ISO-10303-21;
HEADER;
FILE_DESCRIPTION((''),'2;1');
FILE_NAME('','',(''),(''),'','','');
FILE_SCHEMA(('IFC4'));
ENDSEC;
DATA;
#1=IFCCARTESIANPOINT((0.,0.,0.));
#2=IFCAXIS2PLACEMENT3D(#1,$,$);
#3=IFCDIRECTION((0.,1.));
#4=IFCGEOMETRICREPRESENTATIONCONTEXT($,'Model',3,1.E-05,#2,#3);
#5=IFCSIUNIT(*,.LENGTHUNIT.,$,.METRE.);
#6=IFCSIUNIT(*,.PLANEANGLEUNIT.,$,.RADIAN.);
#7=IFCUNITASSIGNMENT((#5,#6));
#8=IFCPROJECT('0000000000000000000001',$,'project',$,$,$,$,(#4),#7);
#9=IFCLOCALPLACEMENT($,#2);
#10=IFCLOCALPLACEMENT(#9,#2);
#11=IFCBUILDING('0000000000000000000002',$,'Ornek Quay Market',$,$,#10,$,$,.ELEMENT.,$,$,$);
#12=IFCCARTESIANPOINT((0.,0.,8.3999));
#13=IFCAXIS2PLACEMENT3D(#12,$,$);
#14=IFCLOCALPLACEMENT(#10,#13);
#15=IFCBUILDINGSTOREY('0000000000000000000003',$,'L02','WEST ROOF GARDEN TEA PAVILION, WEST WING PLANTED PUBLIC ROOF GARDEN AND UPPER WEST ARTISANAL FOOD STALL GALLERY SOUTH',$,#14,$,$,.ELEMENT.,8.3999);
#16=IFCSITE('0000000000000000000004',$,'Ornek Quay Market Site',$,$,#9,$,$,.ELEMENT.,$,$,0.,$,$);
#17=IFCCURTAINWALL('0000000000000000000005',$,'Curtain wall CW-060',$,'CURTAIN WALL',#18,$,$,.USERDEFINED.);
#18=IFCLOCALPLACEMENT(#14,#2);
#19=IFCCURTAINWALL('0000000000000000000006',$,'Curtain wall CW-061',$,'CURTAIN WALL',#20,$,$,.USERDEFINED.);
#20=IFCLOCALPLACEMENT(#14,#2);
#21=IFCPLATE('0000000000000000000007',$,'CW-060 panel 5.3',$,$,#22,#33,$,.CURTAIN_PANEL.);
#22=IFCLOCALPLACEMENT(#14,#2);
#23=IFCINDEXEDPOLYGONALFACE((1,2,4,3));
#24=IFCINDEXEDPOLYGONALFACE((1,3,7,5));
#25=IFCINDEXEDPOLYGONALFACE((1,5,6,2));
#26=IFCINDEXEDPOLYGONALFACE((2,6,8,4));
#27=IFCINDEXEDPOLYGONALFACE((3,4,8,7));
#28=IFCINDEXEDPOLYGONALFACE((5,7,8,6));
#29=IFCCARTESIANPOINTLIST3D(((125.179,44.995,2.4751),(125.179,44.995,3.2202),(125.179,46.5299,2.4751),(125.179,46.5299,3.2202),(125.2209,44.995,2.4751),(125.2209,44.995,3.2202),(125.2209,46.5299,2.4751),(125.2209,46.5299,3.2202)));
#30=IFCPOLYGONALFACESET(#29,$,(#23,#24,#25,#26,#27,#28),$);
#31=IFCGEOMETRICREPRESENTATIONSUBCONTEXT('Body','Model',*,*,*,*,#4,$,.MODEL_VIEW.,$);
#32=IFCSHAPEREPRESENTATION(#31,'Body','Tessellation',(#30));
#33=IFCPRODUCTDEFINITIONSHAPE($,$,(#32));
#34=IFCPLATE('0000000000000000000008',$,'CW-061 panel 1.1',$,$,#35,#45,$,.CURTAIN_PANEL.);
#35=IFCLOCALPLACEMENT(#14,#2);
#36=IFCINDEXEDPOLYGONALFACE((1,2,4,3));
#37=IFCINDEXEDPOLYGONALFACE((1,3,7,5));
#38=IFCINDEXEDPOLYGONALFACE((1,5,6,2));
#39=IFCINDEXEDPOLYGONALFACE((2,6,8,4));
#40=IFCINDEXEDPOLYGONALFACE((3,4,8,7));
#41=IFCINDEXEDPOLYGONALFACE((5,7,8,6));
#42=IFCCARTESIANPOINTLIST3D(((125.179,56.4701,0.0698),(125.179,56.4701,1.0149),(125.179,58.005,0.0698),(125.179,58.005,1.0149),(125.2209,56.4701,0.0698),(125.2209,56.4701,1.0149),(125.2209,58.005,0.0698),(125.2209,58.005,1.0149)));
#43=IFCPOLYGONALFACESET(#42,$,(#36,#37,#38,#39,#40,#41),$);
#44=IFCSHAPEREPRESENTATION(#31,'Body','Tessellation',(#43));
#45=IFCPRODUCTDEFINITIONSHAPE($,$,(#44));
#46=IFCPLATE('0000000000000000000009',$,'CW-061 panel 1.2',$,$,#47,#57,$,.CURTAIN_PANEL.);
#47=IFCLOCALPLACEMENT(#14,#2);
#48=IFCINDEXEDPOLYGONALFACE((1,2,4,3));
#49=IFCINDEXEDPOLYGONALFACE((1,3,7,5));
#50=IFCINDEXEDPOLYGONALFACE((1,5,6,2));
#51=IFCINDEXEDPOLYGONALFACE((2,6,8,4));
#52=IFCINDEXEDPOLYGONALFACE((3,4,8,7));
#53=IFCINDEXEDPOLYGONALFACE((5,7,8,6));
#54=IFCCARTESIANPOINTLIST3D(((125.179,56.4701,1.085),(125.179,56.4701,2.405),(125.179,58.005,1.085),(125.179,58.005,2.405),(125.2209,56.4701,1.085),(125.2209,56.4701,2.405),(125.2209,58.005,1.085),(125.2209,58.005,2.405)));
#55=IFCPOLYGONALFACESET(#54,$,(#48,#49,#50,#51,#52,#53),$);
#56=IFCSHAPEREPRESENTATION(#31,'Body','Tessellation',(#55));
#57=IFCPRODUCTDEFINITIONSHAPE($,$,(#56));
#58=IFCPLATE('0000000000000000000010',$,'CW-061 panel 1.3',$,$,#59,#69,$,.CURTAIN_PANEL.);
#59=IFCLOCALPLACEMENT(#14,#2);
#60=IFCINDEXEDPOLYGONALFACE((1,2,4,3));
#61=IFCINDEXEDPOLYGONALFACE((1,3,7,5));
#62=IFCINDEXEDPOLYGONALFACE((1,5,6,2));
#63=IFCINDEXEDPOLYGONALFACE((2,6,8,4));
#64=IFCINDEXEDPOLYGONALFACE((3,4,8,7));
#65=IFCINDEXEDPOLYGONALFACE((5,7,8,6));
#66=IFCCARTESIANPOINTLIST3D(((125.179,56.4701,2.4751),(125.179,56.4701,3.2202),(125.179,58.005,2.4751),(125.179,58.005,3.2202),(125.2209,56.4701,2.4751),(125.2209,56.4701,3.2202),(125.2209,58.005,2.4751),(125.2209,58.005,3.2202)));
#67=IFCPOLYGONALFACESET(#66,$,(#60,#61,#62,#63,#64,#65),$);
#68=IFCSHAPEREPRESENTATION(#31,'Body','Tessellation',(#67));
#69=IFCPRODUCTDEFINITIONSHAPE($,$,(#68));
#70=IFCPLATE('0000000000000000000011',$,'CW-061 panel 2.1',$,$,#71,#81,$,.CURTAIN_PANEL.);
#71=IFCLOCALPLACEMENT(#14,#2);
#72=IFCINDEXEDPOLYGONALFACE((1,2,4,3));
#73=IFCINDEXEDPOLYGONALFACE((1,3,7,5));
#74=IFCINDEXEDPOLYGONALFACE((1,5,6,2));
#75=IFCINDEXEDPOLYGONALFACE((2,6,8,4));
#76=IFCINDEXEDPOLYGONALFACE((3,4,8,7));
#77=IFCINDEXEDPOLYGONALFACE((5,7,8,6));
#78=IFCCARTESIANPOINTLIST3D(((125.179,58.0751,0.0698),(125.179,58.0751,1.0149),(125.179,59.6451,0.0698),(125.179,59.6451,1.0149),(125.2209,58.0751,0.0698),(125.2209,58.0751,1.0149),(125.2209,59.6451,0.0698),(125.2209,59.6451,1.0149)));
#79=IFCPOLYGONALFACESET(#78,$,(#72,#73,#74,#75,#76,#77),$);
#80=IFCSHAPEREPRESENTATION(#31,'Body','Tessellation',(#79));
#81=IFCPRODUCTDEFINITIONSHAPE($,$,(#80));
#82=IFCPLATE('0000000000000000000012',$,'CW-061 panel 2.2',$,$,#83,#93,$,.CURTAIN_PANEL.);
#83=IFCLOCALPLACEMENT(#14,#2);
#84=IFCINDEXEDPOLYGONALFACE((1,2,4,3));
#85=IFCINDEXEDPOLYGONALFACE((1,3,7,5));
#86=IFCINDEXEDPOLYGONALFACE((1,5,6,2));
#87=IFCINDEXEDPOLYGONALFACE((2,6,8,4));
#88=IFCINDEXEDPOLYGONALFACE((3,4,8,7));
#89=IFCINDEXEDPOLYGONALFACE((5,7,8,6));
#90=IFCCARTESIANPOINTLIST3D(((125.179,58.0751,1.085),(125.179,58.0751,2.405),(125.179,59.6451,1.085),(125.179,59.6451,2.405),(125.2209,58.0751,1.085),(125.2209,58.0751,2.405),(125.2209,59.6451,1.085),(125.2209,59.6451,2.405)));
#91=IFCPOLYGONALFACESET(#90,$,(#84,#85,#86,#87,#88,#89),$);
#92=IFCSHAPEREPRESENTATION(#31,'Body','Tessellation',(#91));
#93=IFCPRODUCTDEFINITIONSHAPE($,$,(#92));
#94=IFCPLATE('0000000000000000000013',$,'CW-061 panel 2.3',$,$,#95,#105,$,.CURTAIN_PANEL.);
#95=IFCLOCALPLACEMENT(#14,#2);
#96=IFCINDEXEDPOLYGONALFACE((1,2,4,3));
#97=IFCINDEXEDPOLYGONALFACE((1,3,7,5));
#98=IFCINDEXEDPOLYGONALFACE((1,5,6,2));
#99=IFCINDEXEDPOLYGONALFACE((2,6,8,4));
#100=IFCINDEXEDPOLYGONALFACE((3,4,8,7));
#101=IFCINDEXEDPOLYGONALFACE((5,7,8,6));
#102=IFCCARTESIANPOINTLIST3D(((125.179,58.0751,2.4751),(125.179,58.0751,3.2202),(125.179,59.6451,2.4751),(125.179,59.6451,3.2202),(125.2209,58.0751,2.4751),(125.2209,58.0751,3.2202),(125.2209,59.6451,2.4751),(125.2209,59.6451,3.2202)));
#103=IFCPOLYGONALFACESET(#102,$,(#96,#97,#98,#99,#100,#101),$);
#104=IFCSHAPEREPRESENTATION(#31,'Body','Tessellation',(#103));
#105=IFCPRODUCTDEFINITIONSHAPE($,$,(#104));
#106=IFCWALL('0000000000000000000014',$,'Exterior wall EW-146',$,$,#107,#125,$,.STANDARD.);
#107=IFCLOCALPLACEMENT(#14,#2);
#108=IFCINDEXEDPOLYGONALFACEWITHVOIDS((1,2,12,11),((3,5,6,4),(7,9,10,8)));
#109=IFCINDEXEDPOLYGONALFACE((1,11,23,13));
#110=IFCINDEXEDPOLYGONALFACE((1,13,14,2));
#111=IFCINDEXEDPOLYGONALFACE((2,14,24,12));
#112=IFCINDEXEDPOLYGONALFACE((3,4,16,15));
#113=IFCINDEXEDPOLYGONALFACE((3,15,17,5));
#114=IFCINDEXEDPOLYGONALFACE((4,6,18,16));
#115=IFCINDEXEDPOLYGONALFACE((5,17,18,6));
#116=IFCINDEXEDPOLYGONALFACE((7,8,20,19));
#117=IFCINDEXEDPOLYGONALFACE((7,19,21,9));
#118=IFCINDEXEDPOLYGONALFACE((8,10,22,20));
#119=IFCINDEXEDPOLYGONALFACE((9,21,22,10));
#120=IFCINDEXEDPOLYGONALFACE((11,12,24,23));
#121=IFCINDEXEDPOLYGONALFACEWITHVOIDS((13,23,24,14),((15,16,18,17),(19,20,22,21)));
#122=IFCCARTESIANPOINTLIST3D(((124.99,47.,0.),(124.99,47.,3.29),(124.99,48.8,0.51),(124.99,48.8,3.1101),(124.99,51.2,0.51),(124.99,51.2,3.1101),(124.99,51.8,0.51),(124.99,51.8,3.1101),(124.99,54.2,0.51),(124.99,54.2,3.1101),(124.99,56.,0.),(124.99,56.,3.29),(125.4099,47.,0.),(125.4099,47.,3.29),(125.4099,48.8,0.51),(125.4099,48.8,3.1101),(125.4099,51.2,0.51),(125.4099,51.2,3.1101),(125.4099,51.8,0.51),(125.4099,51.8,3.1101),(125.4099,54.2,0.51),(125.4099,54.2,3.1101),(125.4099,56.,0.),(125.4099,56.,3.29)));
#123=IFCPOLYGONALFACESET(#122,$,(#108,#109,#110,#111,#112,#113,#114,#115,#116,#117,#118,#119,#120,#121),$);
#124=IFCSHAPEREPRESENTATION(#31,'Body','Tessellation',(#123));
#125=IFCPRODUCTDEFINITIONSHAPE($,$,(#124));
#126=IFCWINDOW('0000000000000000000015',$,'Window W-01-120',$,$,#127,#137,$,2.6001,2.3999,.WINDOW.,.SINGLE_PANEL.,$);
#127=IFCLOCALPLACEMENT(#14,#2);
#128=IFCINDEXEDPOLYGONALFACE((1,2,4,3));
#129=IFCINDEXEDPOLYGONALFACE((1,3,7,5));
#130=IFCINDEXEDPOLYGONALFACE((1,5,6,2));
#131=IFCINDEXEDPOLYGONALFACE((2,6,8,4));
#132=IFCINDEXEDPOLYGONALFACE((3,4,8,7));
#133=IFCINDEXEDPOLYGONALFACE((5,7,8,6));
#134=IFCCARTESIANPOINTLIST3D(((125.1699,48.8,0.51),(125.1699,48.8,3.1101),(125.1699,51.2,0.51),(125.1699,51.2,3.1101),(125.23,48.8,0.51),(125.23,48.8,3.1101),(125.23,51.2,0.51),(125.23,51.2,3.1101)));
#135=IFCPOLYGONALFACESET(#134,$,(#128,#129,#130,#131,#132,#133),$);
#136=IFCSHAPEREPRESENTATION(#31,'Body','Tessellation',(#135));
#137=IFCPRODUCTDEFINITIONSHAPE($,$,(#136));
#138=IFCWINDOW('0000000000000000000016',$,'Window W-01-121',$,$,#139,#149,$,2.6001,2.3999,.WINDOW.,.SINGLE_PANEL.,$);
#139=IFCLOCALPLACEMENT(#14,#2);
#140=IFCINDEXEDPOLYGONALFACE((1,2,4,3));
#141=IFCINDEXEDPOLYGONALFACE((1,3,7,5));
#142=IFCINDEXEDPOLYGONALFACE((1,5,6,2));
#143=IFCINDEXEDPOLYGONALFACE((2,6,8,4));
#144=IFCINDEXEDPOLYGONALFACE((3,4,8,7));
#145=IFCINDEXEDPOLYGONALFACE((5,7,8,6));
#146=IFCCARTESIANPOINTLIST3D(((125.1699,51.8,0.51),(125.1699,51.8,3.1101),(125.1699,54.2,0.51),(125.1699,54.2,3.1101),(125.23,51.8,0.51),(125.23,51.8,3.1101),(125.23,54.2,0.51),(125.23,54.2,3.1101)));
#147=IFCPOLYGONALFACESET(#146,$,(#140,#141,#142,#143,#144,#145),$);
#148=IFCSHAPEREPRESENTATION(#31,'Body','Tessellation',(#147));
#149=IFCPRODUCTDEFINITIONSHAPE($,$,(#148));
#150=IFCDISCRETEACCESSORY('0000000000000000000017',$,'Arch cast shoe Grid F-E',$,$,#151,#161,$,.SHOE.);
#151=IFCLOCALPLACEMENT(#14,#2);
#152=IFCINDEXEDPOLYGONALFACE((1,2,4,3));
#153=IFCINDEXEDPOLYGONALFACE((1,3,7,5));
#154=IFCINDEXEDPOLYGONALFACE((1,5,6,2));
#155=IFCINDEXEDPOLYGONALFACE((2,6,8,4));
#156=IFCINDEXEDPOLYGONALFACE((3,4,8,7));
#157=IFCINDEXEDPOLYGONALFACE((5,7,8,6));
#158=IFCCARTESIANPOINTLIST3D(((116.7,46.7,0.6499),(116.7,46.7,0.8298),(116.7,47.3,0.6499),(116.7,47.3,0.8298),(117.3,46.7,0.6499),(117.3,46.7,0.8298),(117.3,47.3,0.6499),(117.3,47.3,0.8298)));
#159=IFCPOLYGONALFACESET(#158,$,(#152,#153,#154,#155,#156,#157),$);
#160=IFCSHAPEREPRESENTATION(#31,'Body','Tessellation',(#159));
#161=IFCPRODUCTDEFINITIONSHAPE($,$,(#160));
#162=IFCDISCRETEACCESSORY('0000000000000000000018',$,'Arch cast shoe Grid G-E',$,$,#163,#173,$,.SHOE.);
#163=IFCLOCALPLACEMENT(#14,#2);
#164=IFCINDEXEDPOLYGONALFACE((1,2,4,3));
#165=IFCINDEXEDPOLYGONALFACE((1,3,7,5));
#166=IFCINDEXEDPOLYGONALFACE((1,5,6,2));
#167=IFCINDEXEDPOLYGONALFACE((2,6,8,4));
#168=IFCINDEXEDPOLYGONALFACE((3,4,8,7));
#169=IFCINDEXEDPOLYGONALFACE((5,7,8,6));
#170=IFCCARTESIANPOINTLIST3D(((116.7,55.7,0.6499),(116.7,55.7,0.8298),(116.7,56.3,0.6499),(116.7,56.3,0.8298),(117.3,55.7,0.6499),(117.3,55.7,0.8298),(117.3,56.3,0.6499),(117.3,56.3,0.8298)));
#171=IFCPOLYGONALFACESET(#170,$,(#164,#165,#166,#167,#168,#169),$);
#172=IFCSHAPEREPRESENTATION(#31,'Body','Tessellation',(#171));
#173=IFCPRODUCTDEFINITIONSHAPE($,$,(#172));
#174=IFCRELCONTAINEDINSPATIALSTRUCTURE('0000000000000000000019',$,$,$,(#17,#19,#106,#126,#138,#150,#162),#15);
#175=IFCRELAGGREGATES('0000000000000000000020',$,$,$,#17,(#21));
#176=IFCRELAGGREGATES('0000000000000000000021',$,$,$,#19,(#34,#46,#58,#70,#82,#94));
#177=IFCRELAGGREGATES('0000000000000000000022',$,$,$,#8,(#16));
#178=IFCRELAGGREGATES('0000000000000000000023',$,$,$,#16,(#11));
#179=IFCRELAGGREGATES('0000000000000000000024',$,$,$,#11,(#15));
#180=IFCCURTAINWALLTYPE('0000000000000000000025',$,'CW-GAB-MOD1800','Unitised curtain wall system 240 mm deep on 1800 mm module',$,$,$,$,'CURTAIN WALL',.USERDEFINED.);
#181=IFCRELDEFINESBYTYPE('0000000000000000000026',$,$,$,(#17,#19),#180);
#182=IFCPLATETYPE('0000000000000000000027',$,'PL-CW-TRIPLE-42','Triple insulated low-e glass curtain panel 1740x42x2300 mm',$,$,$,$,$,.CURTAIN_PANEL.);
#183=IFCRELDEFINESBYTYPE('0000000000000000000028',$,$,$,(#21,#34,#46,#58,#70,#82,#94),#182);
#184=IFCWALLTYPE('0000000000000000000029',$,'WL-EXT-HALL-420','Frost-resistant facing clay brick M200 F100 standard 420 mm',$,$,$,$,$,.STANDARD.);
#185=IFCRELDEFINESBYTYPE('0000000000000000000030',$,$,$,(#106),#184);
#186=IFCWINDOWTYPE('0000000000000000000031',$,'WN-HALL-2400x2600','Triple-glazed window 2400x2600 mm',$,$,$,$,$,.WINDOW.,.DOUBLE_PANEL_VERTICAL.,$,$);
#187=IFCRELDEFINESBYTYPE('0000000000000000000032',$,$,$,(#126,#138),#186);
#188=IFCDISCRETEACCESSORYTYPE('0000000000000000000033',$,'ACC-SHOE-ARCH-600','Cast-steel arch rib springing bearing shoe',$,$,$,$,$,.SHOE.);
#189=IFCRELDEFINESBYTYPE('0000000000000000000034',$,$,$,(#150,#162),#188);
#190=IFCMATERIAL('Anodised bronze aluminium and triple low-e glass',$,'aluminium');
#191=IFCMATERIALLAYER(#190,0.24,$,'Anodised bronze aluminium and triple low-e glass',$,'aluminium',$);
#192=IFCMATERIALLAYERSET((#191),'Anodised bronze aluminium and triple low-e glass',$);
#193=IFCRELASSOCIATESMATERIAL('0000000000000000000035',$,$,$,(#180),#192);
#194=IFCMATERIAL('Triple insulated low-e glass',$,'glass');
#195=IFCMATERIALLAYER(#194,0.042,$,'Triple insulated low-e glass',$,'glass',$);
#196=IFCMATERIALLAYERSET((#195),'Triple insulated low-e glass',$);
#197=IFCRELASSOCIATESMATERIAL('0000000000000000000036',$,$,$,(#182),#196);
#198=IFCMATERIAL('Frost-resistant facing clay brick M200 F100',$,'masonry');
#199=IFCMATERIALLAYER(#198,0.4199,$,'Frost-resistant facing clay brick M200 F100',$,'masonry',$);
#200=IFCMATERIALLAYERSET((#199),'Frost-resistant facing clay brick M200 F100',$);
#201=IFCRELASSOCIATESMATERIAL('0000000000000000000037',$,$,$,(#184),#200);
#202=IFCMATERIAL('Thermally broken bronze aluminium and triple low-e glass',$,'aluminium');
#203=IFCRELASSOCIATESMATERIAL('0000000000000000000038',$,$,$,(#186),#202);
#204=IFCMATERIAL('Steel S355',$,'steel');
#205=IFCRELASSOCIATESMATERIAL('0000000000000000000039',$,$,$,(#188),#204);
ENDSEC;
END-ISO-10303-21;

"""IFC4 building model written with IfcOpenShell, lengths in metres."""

from ifc_helpers import new_model, si_unit, direction, frame, frame_2d, origin, origin_2d, place, context, subcontext, project, spatial, rectangle, extrude, material, layer, layer_set, type_object, element, fill, aggregate, save


model = new_model("IFC4")

# Units and contexts
model_context = context("Model", 3, precision=1e-05, world=origin(), true_north=direction((0.0, 1.0)))
body_context = subcontext(model_context, "Body", "Model", "MODEL_VIEW")
ifc_project = project(units=[si_unit("LENGTHUNIT", "METRE"), si_unit("PLANEANGLEUNIT", "RADIAN")], contexts=[model_context])

# Site, building, storey
site_placement = place(None, origin())
site = spatial("IfcSite", under=ifc_project, at=site_placement, Name="Ornek Quay Market Site", CompositionType="ELEMENT", RefElevation=0.0)
building_placement = place(site_placement, origin())
building = spatial("IfcBuilding", under=site, at=building_placement, Name="Ornek Quay Market", CompositionType="ELEMENT")
storey_placement = place(building_placement, frame((0.0, 0.0, 8.3999)))
storey = spatial("IfcBuildingStorey", under=building, at=storey_placement, Name="L02", Description="WEST ROOF GARDEN TEA PAVILION, WEST WING PLANTED PUBLIC ROOF GARDEN AND UPPER WEST ARTISANAL FOOD STALL GALLERY SOUTH", CompositionType="ELEMENT", Elevation=8.3999)

# Curtain wall
ifc_material_1 = material(Name="Anodised bronze aluminium and triple low-e glass", Category="aluminium")
ifc_layer_1 = layer(ifc_material_1, 0.24, Name="Anodised bronze aluminium and triple low-e glass", Category="aluminium")
ifc_layer_set_1 = layer_set([ifc_layer_1], Name="Anodised bronze aluminium and triple low-e glass")
curtain_wall_type = type_object("IfcCurtainWallType", Name="CW-GAB-MOD1800", Description="Unitised curtain wall system 240 mm deep on 1800 mm module", ElementType="CURTAIN WALL", PredefinedType="USERDEFINED", material=ifc_layer_set_1)
curtain_wall_1_placement = place(storey_placement, origin())
curtain_wall_1 = element("IfcCurtainWall", 1, at=curtain_wall_1_placement, inside=storey, type_object=curtain_wall_type, Name="Curtain wall CW-060", ObjectType="CURTAIN WALL", PredefinedType="USERDEFINED")

# Curtain wall
curtain_wall_2_placement = place(storey_placement, origin())
curtain_wall_2 = element("IfcCurtainWall", 2, at=curtain_wall_2_placement, inside=storey, type_object=curtain_wall_type, Name="Curtain wall CW-061", ObjectType="CURTAIN WALL", PredefinedType="USERDEFINED")

# Shared definitions
ifc_material_2 = material(Name="Steel S355", Category="steel")

# Plates
ifc_material_3 = material(Name="Triple insulated low-e glass", Category="glass")
ifc_layer_2 = layer(ifc_material_3, 0.042, Name="Triple insulated low-e glass", Category="glass")
ifc_layer_set_2 = layer_set([ifc_layer_2], Name="Triple insulated low-e glass")
plate_type_1 = type_object("IfcPlateType", Name="PL-CW-TRIPLE-42", Description="Triple insulated low-e glass curtain panel 1740x42x2300 mm", PredefinedType="CURTAIN_PANEL", material=ifc_layer_set_2)
plate_1_placement = place(storey_placement, frame((125.2, 45.7625, 2.4751), z_axis=(0.0, 0.0, 1.0), x_axis=(0.0, 1.0, 0.0)))
plate_1 = element("IfcPlate", 3, at=plate_1_placement, type_object=plate_type_1, Name="CW-060 panel 5.3", PredefinedType="CURTAIN_PANEL", context=body_context, shape_type="SweptSolid", body=[
    extrude(rectangle(XDim=1.5349, YDim=0.042, at=origin_2d()), origin(), (0.0, 0.0, 1.0), 0.7451),
])
aggregate(curtain_wall_1, [plate_1])
plate_2_placement = place(storey_placement, frame((125.2, 57.2375, 0.0698), z_axis=(0.0, 0.0, 1.0), x_axis=(0.0, 1.0, 0.0)))
plate_2 = element("IfcPlate", 4, at=plate_2_placement, type_object=plate_type_1, Name="CW-061 panel 1.1", PredefinedType="CURTAIN_PANEL", context=body_context, shape_type="SweptSolid", body=[
    extrude(rectangle(XDim=1.5349, YDim=0.042, at=origin_2d()), origin(), (0.0, 0.0, 1.0), 0.9451),
])
plate_3_placement = place(storey_placement, frame((125.2, 57.2375, 1.085), z_axis=(0.0, 0.0, 1.0), x_axis=(0.0, 1.0, 0.0)))
plate_3 = element("IfcPlate", 5, at=plate_3_placement, type_object=plate_type_1, Name="CW-061 panel 1.2", PredefinedType="CURTAIN_PANEL", context=body_context, shape_type="SweptSolid", body=[
    extrude(rectangle(XDim=1.5349, YDim=0.042, at=origin_2d()), origin(), (0.0, 0.0, 1.0), 1.3201),
])
plate_4_placement = place(storey_placement, frame((125.2, 57.2375, 2.4751), z_axis=(0.0, 0.0, 1.0), x_axis=(0.0, 1.0, 0.0)))
plate_4 = element("IfcPlate", 6, at=plate_4_placement, type_object=plate_type_1, Name="CW-061 panel 1.3", PredefinedType="CURTAIN_PANEL", context=body_context, shape_type="SweptSolid", body=[
    extrude(rectangle(XDim=1.5349, YDim=0.042, at=origin_2d()), origin(), (0.0, 0.0, 1.0), 0.7451),
])
plate_5_placement = place(storey_placement, frame((125.2, 58.8601, 0.0698), z_axis=(0.0, 0.0, 1.0), x_axis=(0.0, 1.0, 0.0)))
plate_5 = element("IfcPlate", 7, at=plate_5_placement, type_object=plate_type_1, Name="CW-061 panel 2.1", PredefinedType="CURTAIN_PANEL", context=body_context, shape_type="SweptSolid", body=[
    extrude(rectangle(XDim=1.5701, YDim=0.042, at=origin_2d()), origin(), (0.0, 0.0, 1.0), 0.9451),
])
plate_6_placement = place(storey_placement, frame((125.2, 58.8601, 1.085), z_axis=(0.0, 0.0, 1.0), x_axis=(0.0, 1.0, 0.0)))
plate_6 = element("IfcPlate", 8, at=plate_6_placement, type_object=plate_type_1, Name="CW-061 panel 2.2", PredefinedType="CURTAIN_PANEL", context=body_context, shape_type="SweptSolid", body=[
    extrude(rectangle(XDim=1.5701, YDim=0.042, at=origin_2d()), origin(), (0.0, 0.0, 1.0), 1.3201),
])
plate_7_placement = place(storey_placement, frame((125.2, 58.8601, 2.4751), z_axis=(0.0, 0.0, 1.0), x_axis=(0.0, 1.0, 0.0)))
plate_7 = element("IfcPlate", 9, at=plate_7_placement, type_object=plate_type_1, Name="CW-061 panel 2.3", PredefinedType="CURTAIN_PANEL", context=body_context, shape_type="SweptSolid", body=[
    extrude(rectangle(XDim=1.5701, YDim=0.042, at=origin_2d()), origin(), (0.0, 0.0, 1.0), 0.7451),
])
aggregate(curtain_wall_2, [plate_2, plate_3, plate_4, plate_5, plate_6, plate_7])

# Wall, openings, windows
ifc_material_4 = material(Name="Frost-resistant facing clay brick M200 F100", Category="masonry")
ifc_layer_3 = layer(ifc_material_4, 0.4199, Name="Frost-resistant facing clay brick M200 F100", Category="masonry")
ifc_layer_set_3 = layer_set([ifc_layer_3], Name="Frost-resistant facing clay brick M200 F100")
wall_type = type_object("IfcWallType", Name="WL-EXT-HALL-420", Description="Frost-resistant facing clay brick M200 F100 standard 420 mm", PredefinedType="STANDARD", material=ifc_layer_set_3)
wall_placement = place(storey_placement, frame((125.2, 47.0, 0.0), z_axis=(0.0, 0.0, 1.0), x_axis=(0.0, 1.0, 0.0)))
wall = element("IfcWall", 10, at=wall_placement, inside=storey, type_object=wall_type, Name="Exterior wall EW-146", PredefinedType="STANDARD", context=body_context, shape_type="SweptSolid", body=[
    extrude(rectangle(XDim=9.0, YDim=0.4199, at=frame_2d((4.5, 0.0))), origin(), (0.0, 0.0, 1.0), 3.29),
])
opening_1_placement = place(wall_placement, frame((1.8, 0.0, 0.51)))
opening_1 = element("IfcOpeningElement", 11, at=opening_1_placement, cuts=wall, PredefinedType="OPENING", context=body_context, shape_type="SweptSolid", body=[
    extrude(rectangle(XDim=2.3999, YDim=2.6001, at=frame_2d((1.2, 1.3))), frame((0.0, 0.22, 0.0), z_axis=(0.0, -1.0, 0.0), x_axis=(1.0, 0.0, 0.0)), (0.0, 0.0, 1.0), 0.4399),
])
opening_2_placement = place(wall_placement, frame((4.8, 0.0, 0.51)))
opening_2 = element("IfcOpeningElement", 12, at=opening_2_placement, cuts=wall, PredefinedType="OPENING", context=body_context, shape_type="SweptSolid", body=[
    extrude(rectangle(XDim=2.3999, YDim=2.6001, at=frame_2d((1.2, 1.3))), frame((0.0, 0.22, 0.0), z_axis=(0.0, -1.0, 0.0), x_axis=(1.0, 0.0, 0.0)), (0.0, 0.0, 1.0), 0.4399),
])
ifc_material_5 = material(Name="Thermally broken bronze aluminium and triple low-e glass", Category="aluminium")
window_type = type_object("IfcWindowType", Name="WN-HALL-2400x2600", Description="Triple-glazed window 2400x2600 mm", PartitioningType="DOUBLE_PANEL_VERTICAL", PredefinedType="WINDOW", material=ifc_material_5)
window_1_placement = place(opening_1_placement, origin())
window_1 = element("IfcWindow", 13, at=window_1_placement, inside=storey, type_object=window_type, Name="Window W-01-120", OverallHeight=2.6001, OverallWidth=2.3999, PartitioningType="SINGLE_PANEL", PredefinedType="WINDOW", context=body_context, shape_type="SweptSolid", body=[
    extrude(rectangle(XDim=2.3999, YDim=2.6001, at=frame_2d((1.2, 1.3))), frame((0.0, 0.03, 0.0), z_axis=(0.0, -1.0, 0.0), x_axis=(1.0, 0.0, 0.0)), (0.0, 0.0, 1.0), 0.0601),
])
fill(opening_1, window_1)
window_2_placement = place(opening_2_placement, origin())
window_2 = element("IfcWindow", 14, at=window_2_placement, inside=storey, type_object=window_type, Name="Window W-01-121", OverallHeight=2.6001, OverallWidth=2.3999, PartitioningType="SINGLE_PANEL", PredefinedType="WINDOW", context=body_context, shape_type="SweptSolid", body=[
    extrude(rectangle(XDim=2.3999, YDim=2.6001, at=frame_2d((1.2, 1.3))), frame((0.0, 0.03, 0.0), z_axis=(0.0, -1.0, 0.0), x_axis=(1.0, 0.0, 0.0)), (0.0, 0.0, 1.0), 0.0601),
])
fill(opening_2, window_2)

# Discrete accessories
discrete_accessory_type = type_object("IfcDiscreteAccessoryType", Name="ACC-SHOE-ARCH-600", Description="Cast-steel arch rib springing bearing shoe", PredefinedType="SHOE", material=ifc_material_2)
for number, where, z_axis, x_axis, name in (
    (15, (117.0, 47.0, 0.6499), (0.0, 0.0, 1.0), (1.0, 0.0, 0.0), "Arch cast shoe Grid F-E"),
    (16, (117.0, 56.0, 0.6499), (0.0, 0.0, 1.0), (1.0, 0.0, 0.0), "Arch cast shoe Grid G-E"),
):
    element("IfcDiscreteAccessory", number, at=place(storey_placement, frame(where, z_axis=z_axis, x_axis=x_axis)), inside=storey, type_object=discrete_accessory_type, Name=name, PredefinedType="SHOE", context=body_context, shape_type="SweptSolid", body=[
        extrude(rectangle(XDim=0.6001, YDim=0.6001, at=origin_2d()), origin(), (0.0, 0.0, 1.0), 0.1799),
    ])

save(model, "model.ifc")
